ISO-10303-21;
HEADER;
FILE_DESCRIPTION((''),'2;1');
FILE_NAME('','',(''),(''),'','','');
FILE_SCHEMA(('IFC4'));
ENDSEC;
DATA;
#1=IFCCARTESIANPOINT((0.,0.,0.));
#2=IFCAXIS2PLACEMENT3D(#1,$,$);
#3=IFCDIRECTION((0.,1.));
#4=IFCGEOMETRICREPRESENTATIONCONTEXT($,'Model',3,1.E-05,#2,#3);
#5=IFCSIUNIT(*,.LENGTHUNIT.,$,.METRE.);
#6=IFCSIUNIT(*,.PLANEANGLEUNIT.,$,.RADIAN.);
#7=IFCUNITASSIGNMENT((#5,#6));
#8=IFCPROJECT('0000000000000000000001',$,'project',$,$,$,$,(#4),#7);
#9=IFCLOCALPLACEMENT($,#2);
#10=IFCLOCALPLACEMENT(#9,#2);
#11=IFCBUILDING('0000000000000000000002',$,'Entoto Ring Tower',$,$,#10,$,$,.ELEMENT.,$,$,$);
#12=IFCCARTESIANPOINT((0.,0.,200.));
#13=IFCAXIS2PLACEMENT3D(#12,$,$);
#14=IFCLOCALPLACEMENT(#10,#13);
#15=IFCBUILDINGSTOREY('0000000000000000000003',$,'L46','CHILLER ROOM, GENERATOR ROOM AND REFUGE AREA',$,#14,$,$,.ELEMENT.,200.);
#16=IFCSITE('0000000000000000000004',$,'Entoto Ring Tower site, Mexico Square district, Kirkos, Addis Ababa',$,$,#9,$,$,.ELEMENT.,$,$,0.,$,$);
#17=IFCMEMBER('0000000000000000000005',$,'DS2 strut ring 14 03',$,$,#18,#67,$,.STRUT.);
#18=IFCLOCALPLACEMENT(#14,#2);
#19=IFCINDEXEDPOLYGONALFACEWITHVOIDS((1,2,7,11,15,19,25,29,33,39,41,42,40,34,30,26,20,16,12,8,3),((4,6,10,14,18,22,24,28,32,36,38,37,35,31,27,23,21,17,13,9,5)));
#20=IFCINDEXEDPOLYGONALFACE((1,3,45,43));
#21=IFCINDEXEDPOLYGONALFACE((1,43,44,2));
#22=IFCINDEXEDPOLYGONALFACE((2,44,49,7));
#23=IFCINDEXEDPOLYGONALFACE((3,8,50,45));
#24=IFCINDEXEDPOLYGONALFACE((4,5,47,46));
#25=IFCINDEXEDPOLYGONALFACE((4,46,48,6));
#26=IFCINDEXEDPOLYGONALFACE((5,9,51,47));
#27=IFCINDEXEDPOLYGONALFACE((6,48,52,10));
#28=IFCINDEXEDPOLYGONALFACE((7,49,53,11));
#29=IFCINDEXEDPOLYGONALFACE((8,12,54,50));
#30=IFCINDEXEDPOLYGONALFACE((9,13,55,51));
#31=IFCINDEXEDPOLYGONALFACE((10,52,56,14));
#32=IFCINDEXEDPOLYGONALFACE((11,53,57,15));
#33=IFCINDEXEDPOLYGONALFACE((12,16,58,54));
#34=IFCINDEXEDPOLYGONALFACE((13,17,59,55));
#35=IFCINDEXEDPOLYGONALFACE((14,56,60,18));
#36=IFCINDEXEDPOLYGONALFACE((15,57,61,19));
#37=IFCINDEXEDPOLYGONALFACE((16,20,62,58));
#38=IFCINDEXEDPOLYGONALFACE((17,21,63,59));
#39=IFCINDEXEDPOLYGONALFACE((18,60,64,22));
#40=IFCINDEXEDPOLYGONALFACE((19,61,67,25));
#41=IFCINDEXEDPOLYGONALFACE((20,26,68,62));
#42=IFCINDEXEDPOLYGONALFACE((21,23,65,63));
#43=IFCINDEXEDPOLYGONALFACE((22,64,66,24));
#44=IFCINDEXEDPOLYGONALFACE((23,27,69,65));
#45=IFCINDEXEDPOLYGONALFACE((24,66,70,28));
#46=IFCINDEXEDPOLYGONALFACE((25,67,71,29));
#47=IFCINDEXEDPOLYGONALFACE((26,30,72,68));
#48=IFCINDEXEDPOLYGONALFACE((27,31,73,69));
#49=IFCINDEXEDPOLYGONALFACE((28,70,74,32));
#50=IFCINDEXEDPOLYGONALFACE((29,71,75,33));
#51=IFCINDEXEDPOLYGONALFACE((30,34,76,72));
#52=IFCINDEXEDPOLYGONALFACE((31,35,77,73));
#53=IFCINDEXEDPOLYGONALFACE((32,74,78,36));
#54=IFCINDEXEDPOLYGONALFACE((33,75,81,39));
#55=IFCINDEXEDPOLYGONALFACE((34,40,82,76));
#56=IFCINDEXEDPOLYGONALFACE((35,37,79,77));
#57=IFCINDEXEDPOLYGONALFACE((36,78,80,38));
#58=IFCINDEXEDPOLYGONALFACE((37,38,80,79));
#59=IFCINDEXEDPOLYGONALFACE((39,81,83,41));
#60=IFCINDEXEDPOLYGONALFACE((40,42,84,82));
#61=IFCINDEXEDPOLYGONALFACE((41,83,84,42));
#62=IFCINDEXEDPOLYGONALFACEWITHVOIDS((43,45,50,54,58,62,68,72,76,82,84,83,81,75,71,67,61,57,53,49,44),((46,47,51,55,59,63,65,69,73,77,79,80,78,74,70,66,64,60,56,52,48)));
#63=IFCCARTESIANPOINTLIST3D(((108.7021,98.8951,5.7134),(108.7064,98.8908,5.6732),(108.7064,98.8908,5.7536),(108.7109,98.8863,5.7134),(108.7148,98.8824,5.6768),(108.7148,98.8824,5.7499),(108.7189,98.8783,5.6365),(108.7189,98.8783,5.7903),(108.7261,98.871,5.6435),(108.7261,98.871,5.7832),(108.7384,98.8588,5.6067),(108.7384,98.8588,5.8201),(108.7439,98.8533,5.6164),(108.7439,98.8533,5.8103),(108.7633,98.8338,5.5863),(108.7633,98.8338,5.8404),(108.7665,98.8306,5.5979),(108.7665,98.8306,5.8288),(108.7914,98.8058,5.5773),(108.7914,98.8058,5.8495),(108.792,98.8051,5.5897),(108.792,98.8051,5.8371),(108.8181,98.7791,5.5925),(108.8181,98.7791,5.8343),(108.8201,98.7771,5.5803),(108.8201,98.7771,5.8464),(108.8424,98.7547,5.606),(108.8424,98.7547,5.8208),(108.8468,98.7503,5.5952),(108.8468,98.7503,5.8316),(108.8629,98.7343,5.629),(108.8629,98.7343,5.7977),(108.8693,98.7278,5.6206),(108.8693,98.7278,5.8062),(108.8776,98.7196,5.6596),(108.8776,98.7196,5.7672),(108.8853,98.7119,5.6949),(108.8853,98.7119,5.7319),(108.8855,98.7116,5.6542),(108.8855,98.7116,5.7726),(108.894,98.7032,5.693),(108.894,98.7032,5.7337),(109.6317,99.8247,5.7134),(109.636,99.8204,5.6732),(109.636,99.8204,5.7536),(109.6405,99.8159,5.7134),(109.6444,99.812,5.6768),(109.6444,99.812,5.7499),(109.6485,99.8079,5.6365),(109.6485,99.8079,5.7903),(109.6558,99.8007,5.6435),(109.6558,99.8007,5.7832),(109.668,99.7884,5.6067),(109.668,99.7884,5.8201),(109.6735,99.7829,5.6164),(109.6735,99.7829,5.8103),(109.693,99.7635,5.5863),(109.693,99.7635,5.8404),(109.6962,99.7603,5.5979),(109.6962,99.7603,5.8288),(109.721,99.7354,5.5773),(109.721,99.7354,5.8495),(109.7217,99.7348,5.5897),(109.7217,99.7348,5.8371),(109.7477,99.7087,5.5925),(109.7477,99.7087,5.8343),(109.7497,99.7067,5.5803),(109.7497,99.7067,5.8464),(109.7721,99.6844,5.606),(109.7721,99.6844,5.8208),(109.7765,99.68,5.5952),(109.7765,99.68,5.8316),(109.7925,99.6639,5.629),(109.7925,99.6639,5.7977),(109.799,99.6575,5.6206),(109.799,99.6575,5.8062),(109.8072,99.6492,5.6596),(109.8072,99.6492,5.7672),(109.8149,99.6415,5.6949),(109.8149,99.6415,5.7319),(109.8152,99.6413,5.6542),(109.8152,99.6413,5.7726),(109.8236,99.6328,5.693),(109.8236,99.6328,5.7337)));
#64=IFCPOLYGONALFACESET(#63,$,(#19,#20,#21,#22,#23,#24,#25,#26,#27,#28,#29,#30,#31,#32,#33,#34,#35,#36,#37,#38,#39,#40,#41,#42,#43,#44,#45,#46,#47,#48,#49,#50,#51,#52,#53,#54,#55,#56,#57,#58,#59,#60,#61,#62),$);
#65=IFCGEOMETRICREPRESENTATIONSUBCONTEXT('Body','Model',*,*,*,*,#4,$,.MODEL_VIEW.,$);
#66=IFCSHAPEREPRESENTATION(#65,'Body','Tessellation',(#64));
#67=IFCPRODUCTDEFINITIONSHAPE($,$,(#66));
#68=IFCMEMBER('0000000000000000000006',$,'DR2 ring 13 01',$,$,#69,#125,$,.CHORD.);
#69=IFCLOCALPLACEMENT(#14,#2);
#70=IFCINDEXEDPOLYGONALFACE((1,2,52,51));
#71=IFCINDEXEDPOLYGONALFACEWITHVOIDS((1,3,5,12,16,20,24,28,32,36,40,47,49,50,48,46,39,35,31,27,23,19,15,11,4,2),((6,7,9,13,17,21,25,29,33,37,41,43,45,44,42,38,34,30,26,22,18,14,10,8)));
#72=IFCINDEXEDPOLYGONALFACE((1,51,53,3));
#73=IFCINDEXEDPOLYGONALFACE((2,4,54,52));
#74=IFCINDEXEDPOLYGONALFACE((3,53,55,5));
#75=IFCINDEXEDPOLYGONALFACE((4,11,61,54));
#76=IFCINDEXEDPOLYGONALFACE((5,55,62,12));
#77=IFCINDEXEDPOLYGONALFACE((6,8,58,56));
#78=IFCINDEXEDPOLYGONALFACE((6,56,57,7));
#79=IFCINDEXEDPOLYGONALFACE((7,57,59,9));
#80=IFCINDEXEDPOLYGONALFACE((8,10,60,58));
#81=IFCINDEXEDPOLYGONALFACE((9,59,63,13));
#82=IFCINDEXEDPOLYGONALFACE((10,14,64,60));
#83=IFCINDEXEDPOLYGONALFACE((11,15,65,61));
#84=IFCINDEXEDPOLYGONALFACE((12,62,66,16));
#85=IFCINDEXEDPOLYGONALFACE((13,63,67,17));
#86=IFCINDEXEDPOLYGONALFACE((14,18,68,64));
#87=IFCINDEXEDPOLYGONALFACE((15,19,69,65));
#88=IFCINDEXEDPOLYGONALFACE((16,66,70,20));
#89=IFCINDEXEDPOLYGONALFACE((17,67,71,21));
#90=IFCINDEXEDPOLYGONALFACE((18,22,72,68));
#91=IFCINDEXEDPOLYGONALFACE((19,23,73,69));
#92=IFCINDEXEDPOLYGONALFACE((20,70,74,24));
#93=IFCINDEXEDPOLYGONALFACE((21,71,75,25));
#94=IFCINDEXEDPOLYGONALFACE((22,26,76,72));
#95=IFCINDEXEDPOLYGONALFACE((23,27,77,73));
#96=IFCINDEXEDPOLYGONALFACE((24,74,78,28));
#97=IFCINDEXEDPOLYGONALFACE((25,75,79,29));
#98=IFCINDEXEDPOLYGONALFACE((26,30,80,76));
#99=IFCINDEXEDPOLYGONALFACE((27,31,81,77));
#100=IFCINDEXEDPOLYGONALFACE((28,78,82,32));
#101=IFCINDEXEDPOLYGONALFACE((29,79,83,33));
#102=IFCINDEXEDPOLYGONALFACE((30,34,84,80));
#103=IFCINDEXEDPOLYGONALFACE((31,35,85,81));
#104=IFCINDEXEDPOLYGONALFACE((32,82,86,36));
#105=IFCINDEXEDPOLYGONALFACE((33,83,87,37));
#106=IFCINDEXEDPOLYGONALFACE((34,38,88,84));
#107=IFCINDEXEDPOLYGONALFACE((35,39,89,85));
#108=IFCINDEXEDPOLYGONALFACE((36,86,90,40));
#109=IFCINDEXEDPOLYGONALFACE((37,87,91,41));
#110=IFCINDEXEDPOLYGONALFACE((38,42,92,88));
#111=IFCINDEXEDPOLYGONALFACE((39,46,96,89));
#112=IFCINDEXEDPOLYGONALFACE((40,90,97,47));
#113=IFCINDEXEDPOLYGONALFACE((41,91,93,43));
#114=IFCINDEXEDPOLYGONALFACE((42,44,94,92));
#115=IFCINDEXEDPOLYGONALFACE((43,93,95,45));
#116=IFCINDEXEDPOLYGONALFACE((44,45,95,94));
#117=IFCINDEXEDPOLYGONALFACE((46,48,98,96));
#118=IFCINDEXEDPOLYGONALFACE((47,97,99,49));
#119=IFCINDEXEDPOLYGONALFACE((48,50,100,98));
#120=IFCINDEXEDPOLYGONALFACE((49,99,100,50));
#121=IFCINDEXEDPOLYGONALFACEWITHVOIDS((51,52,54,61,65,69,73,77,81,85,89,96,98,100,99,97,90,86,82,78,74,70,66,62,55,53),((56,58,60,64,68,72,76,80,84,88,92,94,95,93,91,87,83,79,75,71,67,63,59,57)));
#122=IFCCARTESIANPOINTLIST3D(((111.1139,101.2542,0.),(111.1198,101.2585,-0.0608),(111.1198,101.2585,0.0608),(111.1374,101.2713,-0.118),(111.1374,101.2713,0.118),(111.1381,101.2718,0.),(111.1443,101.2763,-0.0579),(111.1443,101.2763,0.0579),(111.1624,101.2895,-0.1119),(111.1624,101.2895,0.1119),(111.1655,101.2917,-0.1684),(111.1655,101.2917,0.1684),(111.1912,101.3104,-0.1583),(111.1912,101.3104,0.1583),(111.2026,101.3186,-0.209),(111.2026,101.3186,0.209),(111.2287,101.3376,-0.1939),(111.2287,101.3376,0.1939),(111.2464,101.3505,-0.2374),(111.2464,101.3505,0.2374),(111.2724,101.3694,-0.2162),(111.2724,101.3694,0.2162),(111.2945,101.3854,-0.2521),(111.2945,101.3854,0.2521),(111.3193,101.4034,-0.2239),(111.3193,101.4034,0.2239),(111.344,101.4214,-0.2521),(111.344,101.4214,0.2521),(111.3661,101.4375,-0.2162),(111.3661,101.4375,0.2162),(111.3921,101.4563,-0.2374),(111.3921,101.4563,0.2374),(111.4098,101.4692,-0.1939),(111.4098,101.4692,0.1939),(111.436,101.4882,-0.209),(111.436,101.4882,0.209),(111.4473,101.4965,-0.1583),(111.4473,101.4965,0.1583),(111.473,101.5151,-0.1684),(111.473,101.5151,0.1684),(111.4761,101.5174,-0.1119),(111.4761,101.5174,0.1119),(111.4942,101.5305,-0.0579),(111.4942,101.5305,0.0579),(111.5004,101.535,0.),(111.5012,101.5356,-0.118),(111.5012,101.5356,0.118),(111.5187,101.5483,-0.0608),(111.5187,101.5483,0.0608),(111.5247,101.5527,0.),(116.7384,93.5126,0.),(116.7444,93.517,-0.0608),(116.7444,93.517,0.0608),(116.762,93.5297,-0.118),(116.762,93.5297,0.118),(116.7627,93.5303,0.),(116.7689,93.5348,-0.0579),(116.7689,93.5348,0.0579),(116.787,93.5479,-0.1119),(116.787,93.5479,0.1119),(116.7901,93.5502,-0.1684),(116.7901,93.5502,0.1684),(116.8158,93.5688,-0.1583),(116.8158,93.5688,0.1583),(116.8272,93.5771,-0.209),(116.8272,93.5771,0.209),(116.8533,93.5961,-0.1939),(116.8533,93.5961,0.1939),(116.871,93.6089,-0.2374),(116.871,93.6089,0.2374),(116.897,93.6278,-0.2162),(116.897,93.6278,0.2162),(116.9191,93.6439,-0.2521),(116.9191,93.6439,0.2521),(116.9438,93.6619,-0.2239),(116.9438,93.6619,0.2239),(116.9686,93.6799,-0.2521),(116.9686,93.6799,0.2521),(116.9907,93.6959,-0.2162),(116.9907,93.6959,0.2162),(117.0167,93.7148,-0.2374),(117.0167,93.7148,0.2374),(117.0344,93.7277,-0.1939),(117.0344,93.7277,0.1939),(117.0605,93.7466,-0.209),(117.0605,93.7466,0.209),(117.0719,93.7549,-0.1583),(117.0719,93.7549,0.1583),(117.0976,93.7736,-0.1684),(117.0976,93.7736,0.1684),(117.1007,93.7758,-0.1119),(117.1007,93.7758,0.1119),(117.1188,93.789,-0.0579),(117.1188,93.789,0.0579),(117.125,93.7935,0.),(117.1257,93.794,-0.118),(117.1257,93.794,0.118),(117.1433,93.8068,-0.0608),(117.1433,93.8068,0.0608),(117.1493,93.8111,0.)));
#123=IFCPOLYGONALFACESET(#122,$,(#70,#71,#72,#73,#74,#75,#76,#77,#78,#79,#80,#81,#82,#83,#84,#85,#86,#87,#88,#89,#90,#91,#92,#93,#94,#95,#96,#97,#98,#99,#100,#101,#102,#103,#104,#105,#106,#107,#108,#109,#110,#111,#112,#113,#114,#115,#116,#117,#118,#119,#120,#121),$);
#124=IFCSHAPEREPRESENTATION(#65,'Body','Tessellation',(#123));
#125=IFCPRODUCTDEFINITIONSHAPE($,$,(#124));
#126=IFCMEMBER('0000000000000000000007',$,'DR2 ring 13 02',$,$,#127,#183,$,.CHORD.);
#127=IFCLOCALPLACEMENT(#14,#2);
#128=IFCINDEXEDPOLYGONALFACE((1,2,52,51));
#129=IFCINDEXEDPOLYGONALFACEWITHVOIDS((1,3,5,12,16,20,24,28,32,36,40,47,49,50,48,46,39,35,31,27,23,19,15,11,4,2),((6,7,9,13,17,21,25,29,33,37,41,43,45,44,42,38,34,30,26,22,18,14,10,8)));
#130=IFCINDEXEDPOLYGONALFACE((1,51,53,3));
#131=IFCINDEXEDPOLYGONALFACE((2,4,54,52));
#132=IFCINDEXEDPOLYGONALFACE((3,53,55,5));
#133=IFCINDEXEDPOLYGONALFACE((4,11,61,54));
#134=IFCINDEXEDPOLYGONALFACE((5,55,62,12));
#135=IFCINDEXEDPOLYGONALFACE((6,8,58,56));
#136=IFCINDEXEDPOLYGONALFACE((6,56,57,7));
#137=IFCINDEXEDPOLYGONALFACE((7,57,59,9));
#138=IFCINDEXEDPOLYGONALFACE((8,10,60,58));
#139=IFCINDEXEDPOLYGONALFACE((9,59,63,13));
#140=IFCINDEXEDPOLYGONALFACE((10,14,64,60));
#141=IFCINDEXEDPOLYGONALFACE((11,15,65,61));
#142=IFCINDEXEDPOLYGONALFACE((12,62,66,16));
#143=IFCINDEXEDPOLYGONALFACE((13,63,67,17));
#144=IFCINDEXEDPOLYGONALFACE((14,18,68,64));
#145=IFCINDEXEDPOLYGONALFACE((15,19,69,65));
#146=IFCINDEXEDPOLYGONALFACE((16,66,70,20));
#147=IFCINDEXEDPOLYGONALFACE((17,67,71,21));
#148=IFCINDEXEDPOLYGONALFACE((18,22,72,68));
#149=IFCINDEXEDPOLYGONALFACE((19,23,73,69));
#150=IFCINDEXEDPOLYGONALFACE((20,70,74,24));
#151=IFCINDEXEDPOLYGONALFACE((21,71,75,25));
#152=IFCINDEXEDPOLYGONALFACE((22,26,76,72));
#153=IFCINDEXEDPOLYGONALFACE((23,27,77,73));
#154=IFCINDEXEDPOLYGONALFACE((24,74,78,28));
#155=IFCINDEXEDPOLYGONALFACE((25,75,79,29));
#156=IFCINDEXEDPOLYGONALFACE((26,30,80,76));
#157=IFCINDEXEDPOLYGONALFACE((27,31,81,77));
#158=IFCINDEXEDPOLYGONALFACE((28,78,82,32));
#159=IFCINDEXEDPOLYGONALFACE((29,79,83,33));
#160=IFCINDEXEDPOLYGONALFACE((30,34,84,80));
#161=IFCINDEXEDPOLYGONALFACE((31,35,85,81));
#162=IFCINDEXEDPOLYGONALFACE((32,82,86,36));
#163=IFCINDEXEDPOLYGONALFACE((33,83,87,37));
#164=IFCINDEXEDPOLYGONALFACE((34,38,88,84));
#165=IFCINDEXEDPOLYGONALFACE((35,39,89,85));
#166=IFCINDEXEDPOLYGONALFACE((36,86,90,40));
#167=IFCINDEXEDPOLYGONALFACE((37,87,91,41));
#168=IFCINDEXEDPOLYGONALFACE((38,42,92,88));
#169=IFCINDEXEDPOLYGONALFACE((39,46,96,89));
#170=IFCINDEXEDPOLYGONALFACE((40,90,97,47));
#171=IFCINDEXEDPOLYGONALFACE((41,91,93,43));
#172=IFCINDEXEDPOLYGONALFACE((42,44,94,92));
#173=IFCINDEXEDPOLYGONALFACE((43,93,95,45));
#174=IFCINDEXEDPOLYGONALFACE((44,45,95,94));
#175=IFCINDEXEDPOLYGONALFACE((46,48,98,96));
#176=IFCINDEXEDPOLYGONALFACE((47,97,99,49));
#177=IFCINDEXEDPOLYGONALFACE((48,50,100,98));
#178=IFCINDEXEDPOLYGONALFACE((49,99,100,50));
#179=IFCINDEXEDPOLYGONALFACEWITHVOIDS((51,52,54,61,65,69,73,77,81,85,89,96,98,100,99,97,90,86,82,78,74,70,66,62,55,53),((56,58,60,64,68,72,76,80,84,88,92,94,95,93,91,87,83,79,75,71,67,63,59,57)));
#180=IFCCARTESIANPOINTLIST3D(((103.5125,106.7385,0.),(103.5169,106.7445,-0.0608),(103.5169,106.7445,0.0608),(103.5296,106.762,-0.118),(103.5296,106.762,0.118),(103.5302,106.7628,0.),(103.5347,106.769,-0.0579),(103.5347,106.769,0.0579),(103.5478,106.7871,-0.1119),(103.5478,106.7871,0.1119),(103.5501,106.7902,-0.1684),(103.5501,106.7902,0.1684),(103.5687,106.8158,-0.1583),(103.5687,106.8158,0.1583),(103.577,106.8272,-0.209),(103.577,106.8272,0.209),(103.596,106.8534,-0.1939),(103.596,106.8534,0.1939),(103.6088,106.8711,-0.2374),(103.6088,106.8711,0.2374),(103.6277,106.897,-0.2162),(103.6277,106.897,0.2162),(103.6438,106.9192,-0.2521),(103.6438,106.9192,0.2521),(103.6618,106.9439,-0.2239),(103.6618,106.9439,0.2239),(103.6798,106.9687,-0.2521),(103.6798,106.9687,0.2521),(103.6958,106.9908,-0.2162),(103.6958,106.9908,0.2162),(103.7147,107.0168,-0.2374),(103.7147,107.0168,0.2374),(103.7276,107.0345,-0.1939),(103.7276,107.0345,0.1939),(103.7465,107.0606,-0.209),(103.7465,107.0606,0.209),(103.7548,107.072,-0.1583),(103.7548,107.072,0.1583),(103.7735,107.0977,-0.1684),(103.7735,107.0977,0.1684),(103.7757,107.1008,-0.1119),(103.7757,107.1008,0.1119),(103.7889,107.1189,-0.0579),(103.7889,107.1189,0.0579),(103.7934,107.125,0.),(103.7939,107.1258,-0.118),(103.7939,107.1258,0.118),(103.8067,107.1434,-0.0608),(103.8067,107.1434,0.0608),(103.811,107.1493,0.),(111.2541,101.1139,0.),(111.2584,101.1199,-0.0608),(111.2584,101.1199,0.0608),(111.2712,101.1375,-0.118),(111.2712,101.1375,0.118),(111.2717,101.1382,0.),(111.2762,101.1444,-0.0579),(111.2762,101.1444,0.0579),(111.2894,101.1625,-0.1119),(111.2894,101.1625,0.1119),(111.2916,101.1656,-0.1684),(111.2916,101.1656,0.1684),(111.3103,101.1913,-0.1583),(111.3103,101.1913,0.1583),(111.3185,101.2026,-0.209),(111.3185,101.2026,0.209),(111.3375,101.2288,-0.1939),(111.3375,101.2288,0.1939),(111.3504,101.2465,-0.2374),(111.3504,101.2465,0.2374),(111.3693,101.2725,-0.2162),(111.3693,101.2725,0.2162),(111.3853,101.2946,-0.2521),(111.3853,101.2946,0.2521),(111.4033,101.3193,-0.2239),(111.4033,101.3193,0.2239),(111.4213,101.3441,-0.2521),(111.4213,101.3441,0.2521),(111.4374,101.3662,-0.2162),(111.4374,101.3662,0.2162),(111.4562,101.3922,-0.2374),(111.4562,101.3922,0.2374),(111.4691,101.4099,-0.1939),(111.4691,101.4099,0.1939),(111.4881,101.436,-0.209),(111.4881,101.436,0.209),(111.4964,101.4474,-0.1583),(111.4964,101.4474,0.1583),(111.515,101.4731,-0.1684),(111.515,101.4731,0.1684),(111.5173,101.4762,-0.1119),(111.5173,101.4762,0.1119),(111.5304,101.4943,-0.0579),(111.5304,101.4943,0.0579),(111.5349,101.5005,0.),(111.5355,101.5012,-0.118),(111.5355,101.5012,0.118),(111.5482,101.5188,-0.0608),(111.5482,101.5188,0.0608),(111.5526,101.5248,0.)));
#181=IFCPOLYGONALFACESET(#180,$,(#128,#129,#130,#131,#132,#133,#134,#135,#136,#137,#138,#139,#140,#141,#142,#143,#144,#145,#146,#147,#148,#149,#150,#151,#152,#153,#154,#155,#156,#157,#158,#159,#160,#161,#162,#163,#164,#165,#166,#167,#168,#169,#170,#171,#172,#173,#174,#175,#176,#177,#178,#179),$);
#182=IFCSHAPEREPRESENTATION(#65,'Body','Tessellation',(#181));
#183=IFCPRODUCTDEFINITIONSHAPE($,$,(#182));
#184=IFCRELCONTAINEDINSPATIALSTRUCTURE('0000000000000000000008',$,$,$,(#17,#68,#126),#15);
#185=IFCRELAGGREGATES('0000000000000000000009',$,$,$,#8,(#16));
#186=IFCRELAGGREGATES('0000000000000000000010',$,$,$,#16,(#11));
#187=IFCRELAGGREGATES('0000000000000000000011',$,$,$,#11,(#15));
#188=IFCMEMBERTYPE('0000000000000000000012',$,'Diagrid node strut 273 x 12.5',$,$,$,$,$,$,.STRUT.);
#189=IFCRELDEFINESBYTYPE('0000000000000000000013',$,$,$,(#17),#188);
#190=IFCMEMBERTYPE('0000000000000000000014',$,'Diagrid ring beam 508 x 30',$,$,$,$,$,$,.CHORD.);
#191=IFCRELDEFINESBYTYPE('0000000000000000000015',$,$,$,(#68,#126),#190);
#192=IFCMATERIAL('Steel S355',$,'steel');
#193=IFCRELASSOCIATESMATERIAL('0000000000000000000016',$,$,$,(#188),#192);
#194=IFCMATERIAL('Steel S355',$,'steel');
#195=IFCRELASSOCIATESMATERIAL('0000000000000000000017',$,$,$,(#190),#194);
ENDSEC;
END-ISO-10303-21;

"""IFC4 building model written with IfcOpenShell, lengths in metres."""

from ifc_helpers import new_model, si_unit, direction, frame, origin, origin_2d, place, context, subcontext, project, spatial, circle, hollow_circle, extrude, material, material_profile, profile_set, type_object, element, save


model = new_model("IFC4")

# Units and contexts
model_context = context("Model", 3, precision=1e-05, world=origin(), true_north=direction((0.0, 1.0)))
body_context = subcontext(model_context, "Body", "Model", "MODEL_VIEW")
ifc_project = project(units=[si_unit("LENGTHUNIT", "METRE"), si_unit("PLANEANGLEUNIT", "RADIAN")], contexts=[model_context])

# Site, building, storey
site_placement = place(None, origin())
site = spatial("IfcSite", under=ifc_project, at=site_placement, Name="Entoto Ring Tower site, Mexico Square district, Kirkos, Addis Ababa", CompositionType="ELEMENT", RefElevation=0.0)
building_placement = place(site_placement, origin())
building = spatial("IfcBuilding", under=site, at=building_placement, Name="Entoto Ring Tower", CompositionType="ELEMENT")
storey_placement = place(building_placement, frame((0.0, 0.0, 200.0)))
storey = spatial("IfcBuildingStorey", under=building, at=storey_placement, Name="L46", Description="CHILLER ROOM, GENERATOR ROOM AND REFUGE AREA", CompositionType="ELEMENT", Elevation=200.0)

# Members
ifc_material_1 = material(Name="Steel S355", Category="steel")
ifc_material_profile_1 = material_profile(ifc_material_1, hollow_circle(Radius=0.1365, WallThickness=0.0125, at=origin_2d()), Name="CHS 273 x 12.5")
ifc_material_2 = material(Name="Concrete C60/75", Category="concrete")
ifc_material_profile_2 = material_profile(ifc_material_2, circle(Radius=0.124, at=origin_2d()), Name="Concrete C60/75 infill")
ifc_profile_set_1 = profile_set([ifc_material_profile_1, ifc_material_profile_2], Name="Steel S355")
member_type_1 = type_object("IfcMemberType", Name="Diagrid node strut 273 x 12.5", PredefinedType="STRUT", material=ifc_profile_set_1)
member_1_placement = place(storey_placement, frame((108.7986, 98.7986, 5.7134), z_axis=(0.707107, 0.707107, 0.0), x_axis=(-0.707107, 0.707107, 0.0)))
element("IfcMember", 1, at=member_1_placement, inside=storey, type_object=member_type_1, Name="DS2 strut ring 14 03", PredefinedType="STRUT", context=body_context, shape_type="SweptSolid", body=[
    extrude(hollow_circle(Radius=0.1365, WallThickness=0.0125, at=origin_2d()), origin(), (0.0, 0.0, 1.0), 1.3147),
])
ifc_material_3 = material(Name="Steel S355", Category="steel")
ifc_material_profile_3 = material_profile(ifc_material_3, hollow_circle(Radius=0.2539, WallThickness=0.03, at=origin_2d()), Name="CHS 508 x 30")
ifc_material_4 = material(Name="Concrete C60/75", Category="concrete")
ifc_material_profile_4 = material_profile(ifc_material_4, circle(Radius=0.2241, at=origin_2d()), Name="Concrete C60/75 infill")
ifc_profile_set_2 = profile_set([ifc_material_profile_3, ifc_material_profile_4], Name="Steel S355")
member_type_2 = type_object("IfcMemberType", Name="Diagrid ring beam 508 x 30", PredefinedType="CHORD", material=ifc_profile_set_2)
for number, where, z_axis, x_axis, name in (
    (2, (116.9438, 93.6619, 0.0), (-0.587786, 0.809016, 0.0), (-0.809016, -0.587786, 0.0), "DR2 ring 13 01"),
    (3, (111.4033, 101.3193, 0.0), (-0.809016, 0.587786, 0.0), (-0.587786, -0.809016, 0.0), "DR2 ring 13 02"),
):
    element("IfcMember", number, at=place(storey_placement, frame(where, z_axis=z_axis, x_axis=x_axis)), inside=storey, type_object=member_type_2, Name=name, PredefinedType="CHORD", context=body_context, shape_type="SweptSolid", body=[
        extrude(hollow_circle(Radius=0.2539, WallThickness=0.03, at=origin_2d()), origin(), (0.0, 0.0, 1.0), 9.5691),
    ])

save(model, "model.ifc")
